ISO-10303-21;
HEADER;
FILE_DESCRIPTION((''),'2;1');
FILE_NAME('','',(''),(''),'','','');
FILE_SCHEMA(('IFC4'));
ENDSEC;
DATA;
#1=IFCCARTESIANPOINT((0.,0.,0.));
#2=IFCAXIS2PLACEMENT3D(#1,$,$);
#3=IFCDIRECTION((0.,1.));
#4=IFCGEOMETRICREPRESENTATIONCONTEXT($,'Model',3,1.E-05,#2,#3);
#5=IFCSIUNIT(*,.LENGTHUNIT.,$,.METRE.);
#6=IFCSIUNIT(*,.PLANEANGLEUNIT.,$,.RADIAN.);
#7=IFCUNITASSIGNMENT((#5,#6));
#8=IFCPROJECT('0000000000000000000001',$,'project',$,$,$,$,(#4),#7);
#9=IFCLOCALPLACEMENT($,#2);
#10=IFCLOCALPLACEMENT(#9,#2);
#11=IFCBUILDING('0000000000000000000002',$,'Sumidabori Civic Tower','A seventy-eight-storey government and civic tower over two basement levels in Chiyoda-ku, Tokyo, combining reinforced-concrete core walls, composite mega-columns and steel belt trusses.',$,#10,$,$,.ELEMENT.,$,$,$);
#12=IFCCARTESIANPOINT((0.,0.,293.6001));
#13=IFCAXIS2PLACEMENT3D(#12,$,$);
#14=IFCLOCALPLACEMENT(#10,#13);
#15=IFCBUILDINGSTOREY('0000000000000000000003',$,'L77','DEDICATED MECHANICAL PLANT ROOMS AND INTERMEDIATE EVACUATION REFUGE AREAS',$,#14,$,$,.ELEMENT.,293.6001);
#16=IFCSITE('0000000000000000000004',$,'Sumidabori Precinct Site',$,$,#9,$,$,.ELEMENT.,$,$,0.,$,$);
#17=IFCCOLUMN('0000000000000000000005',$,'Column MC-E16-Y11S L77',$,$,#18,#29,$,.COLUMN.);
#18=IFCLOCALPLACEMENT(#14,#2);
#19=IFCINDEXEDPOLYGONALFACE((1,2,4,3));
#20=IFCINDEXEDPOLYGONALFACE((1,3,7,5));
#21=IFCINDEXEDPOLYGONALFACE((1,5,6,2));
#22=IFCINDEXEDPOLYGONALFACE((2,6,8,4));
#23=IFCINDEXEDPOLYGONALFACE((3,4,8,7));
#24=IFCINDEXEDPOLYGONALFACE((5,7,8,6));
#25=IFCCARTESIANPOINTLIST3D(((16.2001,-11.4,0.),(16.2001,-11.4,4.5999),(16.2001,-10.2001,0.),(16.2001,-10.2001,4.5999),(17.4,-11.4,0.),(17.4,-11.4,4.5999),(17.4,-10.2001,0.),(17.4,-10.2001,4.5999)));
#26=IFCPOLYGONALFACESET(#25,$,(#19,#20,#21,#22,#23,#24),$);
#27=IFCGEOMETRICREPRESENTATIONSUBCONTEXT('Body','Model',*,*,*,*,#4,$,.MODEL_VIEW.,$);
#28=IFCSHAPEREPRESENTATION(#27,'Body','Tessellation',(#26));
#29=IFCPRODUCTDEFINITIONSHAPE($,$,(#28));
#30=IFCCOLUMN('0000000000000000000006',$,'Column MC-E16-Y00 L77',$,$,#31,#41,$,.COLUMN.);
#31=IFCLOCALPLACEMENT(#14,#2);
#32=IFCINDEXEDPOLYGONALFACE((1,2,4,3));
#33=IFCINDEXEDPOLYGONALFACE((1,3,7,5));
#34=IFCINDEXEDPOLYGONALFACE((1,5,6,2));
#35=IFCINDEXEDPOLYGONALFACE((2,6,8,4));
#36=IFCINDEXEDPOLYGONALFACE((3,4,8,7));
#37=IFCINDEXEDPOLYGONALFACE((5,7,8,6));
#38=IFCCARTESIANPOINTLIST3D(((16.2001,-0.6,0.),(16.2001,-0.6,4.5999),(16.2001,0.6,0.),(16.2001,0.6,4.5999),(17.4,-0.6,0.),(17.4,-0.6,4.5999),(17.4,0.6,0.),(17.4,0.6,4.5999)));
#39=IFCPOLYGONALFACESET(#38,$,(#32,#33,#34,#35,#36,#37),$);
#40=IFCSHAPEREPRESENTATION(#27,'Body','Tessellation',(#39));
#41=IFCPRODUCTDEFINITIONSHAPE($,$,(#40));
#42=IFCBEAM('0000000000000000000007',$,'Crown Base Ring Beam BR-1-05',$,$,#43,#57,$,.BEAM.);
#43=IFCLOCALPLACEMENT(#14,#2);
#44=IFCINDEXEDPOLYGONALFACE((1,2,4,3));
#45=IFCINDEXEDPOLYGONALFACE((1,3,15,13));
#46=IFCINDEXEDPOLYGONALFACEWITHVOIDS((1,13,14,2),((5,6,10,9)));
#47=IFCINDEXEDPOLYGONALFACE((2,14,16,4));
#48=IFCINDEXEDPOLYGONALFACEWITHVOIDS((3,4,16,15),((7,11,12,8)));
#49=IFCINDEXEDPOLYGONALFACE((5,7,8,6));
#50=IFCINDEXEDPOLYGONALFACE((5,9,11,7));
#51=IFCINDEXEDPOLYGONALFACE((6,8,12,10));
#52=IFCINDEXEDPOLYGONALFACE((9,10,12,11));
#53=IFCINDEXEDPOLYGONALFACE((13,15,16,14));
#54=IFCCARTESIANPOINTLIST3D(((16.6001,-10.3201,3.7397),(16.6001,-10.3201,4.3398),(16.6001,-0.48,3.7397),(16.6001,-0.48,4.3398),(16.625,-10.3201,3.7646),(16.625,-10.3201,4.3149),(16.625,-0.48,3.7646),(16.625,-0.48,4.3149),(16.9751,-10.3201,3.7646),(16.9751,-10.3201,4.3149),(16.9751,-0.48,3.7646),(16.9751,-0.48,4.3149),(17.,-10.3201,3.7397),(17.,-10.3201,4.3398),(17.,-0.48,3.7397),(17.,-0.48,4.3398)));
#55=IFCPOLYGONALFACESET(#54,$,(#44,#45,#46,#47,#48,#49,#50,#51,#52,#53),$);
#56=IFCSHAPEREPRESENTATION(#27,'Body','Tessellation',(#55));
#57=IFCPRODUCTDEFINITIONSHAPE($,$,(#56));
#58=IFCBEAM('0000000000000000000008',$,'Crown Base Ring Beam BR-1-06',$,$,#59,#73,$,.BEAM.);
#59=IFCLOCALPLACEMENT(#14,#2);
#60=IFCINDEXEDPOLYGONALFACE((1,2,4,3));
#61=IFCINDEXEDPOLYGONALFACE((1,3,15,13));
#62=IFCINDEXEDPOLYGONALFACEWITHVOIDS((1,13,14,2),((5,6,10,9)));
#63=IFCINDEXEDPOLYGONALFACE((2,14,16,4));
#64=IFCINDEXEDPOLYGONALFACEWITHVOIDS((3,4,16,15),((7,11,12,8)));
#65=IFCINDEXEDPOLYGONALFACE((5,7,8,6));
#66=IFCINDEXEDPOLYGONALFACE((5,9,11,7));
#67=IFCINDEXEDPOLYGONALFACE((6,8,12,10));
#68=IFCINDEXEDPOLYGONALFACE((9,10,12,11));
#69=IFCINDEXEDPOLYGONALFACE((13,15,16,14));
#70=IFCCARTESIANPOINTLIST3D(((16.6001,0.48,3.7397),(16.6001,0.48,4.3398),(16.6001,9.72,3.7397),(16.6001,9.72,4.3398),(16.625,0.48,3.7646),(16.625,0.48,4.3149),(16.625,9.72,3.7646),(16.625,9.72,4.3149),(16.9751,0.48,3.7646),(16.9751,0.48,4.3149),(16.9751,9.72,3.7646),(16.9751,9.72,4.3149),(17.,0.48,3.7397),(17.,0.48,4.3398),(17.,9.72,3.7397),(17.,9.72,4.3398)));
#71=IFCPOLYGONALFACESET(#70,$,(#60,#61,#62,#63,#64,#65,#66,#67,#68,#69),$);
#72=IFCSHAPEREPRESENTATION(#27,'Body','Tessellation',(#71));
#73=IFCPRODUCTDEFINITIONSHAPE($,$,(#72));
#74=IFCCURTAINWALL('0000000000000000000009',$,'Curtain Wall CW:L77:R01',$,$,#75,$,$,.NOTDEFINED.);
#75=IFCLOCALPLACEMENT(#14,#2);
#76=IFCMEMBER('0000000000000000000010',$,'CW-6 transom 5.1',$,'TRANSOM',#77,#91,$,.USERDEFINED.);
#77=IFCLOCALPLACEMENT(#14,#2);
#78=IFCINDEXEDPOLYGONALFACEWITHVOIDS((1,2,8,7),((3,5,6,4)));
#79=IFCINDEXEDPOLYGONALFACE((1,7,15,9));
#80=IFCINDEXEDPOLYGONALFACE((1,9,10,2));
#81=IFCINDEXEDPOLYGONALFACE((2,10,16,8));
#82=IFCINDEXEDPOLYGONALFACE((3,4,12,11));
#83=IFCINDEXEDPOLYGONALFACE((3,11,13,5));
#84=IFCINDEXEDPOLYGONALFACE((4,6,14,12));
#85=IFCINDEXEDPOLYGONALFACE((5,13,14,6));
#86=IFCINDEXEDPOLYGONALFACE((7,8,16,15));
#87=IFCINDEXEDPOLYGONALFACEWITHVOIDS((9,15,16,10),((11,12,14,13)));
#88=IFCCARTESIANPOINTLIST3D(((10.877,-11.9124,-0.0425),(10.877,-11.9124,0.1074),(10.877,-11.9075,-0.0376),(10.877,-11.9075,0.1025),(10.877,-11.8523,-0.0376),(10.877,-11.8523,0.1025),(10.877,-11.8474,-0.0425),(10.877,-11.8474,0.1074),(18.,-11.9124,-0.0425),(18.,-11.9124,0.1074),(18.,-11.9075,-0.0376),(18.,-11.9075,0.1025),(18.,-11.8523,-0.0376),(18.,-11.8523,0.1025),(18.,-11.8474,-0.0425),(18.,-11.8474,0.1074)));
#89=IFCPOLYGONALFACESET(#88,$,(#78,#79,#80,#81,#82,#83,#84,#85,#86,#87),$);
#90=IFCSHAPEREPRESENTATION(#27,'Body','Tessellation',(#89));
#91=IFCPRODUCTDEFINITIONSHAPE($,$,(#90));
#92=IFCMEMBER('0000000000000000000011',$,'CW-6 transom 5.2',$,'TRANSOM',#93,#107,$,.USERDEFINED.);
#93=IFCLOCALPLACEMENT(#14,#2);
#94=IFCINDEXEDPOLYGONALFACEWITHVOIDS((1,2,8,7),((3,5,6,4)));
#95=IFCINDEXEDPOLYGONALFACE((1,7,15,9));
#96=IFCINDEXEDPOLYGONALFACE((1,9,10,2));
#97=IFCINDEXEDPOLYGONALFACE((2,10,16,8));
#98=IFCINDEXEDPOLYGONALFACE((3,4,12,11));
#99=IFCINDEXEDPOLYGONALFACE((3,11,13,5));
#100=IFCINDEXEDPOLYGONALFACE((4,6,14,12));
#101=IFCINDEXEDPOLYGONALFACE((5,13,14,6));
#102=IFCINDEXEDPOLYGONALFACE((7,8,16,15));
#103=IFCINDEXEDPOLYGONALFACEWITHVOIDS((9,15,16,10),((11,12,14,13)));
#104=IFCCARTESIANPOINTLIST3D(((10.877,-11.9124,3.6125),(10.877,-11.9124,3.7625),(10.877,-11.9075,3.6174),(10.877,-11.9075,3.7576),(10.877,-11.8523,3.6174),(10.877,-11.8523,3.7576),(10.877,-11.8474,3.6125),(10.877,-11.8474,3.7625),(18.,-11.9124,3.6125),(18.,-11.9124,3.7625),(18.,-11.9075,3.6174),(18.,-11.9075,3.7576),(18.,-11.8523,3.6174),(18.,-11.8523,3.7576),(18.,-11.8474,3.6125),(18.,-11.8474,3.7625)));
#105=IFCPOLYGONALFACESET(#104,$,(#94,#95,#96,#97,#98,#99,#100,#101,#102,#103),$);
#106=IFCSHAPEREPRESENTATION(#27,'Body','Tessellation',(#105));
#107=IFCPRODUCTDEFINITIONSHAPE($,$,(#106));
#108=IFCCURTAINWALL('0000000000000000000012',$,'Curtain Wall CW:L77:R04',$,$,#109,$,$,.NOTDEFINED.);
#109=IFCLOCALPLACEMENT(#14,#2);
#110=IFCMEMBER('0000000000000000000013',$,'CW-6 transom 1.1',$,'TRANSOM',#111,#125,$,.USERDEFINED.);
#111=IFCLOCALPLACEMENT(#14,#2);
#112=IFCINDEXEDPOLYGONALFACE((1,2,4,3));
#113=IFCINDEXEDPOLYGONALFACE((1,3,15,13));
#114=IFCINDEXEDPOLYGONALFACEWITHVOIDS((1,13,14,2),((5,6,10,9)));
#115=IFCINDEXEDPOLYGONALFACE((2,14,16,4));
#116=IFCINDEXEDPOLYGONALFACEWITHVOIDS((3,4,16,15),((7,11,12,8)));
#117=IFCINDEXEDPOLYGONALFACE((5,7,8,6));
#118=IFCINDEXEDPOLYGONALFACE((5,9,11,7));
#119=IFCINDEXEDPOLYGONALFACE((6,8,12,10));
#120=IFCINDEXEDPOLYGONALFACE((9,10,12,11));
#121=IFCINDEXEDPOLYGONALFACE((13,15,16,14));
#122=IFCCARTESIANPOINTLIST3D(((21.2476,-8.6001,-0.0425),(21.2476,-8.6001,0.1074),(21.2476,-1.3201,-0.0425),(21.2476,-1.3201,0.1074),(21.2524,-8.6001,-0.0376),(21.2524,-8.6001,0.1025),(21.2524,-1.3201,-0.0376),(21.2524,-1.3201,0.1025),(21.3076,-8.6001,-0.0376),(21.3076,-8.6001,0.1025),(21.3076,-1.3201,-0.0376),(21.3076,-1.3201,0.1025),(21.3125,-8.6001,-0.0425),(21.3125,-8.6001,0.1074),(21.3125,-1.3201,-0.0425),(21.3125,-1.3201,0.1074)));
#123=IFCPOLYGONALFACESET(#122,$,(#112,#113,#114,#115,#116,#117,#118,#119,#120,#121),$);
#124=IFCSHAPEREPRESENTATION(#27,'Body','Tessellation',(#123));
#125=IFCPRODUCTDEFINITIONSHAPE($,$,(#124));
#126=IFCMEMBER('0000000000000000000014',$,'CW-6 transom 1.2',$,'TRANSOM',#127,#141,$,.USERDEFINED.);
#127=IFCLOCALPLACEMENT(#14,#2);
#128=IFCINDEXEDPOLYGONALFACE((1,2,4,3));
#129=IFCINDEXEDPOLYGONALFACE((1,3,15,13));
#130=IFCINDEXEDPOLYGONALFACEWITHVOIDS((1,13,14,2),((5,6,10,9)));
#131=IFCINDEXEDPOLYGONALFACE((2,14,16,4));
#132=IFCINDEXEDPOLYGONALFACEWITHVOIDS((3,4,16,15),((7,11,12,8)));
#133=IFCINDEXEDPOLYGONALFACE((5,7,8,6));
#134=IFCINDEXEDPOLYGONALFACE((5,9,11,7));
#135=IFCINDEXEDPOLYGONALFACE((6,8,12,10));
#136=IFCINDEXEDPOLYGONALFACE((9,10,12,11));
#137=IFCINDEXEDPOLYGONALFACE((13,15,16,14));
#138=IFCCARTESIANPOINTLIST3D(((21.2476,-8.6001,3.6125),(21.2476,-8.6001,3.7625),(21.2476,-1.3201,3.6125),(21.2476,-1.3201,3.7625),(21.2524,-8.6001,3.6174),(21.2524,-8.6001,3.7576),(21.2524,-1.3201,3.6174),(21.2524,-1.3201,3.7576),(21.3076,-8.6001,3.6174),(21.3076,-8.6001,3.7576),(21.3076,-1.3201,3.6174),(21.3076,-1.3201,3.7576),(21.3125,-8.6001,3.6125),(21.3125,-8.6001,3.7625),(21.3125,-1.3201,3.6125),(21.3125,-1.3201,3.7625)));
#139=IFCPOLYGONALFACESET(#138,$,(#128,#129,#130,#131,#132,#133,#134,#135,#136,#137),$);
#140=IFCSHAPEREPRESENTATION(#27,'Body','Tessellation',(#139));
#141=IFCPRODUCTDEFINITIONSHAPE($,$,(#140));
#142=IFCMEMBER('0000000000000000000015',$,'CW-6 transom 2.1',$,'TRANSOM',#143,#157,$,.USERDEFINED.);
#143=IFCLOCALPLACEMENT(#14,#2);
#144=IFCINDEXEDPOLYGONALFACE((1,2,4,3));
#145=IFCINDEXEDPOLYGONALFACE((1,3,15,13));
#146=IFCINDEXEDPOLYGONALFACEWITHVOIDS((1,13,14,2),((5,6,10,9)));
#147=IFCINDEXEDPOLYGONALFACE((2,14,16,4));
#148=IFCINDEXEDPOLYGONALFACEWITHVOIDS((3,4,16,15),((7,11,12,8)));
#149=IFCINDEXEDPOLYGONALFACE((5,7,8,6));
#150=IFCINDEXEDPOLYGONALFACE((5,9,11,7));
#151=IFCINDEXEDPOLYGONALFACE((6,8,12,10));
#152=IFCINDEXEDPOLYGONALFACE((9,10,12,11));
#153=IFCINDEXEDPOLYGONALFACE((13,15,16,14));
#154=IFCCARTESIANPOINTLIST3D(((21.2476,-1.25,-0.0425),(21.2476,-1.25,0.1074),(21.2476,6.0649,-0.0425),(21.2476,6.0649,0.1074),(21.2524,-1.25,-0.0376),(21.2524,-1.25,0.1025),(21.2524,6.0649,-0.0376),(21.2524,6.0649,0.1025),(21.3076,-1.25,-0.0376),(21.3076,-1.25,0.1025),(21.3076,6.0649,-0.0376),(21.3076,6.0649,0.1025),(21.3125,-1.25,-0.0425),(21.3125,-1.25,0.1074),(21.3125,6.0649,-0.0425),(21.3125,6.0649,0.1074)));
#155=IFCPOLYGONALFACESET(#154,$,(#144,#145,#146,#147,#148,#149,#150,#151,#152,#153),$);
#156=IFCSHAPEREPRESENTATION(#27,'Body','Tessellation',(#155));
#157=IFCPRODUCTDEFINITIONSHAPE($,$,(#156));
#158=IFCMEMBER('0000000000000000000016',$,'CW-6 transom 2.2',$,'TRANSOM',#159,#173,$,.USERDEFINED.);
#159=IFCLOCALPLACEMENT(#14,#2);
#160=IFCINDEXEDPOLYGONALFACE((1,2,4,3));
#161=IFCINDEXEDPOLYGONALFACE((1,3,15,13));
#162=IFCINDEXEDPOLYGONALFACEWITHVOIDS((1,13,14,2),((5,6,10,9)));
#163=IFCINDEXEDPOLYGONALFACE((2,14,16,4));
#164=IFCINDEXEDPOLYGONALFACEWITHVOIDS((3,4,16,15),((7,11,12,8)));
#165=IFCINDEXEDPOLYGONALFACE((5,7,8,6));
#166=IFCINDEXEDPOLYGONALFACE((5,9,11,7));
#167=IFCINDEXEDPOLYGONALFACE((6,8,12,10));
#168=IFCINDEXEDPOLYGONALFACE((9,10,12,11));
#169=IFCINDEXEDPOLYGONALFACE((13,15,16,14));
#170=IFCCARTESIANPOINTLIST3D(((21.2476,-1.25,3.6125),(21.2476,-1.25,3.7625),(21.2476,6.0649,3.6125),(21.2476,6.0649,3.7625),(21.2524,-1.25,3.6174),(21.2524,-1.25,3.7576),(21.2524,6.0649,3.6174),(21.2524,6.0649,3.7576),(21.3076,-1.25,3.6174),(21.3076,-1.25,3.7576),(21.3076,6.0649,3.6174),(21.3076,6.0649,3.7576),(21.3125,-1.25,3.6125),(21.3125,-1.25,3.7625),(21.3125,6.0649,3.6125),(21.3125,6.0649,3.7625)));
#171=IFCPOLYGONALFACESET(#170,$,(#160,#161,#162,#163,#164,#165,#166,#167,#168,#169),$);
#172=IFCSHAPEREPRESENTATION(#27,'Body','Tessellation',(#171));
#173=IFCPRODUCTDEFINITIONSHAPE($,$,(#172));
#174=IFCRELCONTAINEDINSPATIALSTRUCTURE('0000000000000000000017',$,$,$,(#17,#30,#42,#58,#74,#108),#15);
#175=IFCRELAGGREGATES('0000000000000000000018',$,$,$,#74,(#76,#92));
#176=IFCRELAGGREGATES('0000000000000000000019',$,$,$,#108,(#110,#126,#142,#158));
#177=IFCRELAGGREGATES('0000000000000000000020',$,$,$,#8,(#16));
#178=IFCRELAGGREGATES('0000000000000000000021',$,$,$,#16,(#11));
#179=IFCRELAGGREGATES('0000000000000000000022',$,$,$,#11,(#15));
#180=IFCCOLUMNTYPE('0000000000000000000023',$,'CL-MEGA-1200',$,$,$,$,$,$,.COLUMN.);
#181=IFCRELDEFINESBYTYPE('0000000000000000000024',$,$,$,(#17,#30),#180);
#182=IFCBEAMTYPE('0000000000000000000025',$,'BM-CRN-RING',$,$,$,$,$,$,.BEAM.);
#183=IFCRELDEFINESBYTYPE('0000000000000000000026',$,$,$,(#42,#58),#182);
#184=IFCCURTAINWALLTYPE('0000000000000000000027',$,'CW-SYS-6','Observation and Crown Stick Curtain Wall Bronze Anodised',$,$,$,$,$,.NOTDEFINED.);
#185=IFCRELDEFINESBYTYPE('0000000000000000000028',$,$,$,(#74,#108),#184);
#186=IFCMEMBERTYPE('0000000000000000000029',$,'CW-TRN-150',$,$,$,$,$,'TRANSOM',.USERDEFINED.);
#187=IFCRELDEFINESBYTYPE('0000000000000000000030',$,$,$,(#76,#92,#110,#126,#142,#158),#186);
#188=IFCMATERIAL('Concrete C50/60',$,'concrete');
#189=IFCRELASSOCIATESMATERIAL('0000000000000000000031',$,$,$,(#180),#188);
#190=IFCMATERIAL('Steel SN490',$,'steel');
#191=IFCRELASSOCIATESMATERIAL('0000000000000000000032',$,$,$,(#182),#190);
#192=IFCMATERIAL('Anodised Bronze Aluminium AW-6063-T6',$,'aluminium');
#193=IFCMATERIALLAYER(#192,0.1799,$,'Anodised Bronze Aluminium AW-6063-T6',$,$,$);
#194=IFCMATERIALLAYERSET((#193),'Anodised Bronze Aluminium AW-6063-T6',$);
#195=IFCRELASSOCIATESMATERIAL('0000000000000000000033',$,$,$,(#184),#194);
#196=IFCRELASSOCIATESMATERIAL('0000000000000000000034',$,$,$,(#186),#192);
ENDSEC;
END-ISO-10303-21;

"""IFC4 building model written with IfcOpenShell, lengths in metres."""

from ifc_helpers import new_model, si_unit, direction, frame, origin, origin_2d, place, context, subcontext, project, spatial, rectangle, hollow_rectangle, extrude, source, transform, mapped, material, layer, layer_set, material_profile, profile_set, type_object, element, aggregate, save


model = new_model("IFC4")

# Units and contexts
model_context = context("Model", 3, precision=1e-05, world=origin(), true_north=direction((0.0, 1.0)))
body_context = subcontext(model_context, "Body", "Model", "MODEL_VIEW")
ifc_project = project(units=[si_unit("LENGTHUNIT", "METRE"), si_unit("PLANEANGLEUNIT", "RADIAN")], contexts=[model_context])

# Site, building, storey
site_placement = place(None, origin())
site = spatial("IfcSite", under=ifc_project, at=site_placement, Name="Sumidabori Precinct Site", CompositionType="ELEMENT", RefElevation=0.0)
building_placement = place(site_placement, origin())
building = spatial("IfcBuilding", under=site, at=building_placement, Name="Sumidabori Civic Tower", Description="A seventy-eight-storey government and civic tower over two basement levels in Chiyoda-ku, Tokyo, combining reinforced-concrete core walls, composite mega-columns and steel belt trusses.", CompositionType="ELEMENT")
storey_placement = place(building_placement, frame((0.0, 0.0, 293.6001)))
storey = spatial("IfcBuildingStorey", under=building, at=storey_placement, Name="L77", Description="DEDICATED MECHANICAL PLANT ROOMS AND INTERMEDIATE EVACUATION REFUGE AREAS", CompositionType="ELEMENT", Elevation=293.6001)

# Columns
ifc_material_1 = material(Name="Concrete C50/60", Category="concrete")
ifc_material_profile_1 = material_profile(ifc_material_1, rectangle(XDim=1.2, YDim=1.2, at=origin_2d()), Name="RC 1200x1200")
ifc_profile_set_1 = profile_set([ifc_material_profile_1], Name="Concrete C50/60")
column_type = type_object("IfcColumnType", Name="CL-MEGA-1200", PredefinedType="COLUMN", material=ifc_profile_set_1)
shared_shape_1 = source(origin(), body_context, "Body", "SweptSolid", [
    extrude(rectangle(XDim=1.2, YDim=1.2, at=origin_2d()), origin(), (0.0, 0.0, 1.0), 4.5999),
])
for number, where, z_axis, x_axis, name in (
    (1, (16.8, -10.8, 0.0), (0.0, 0.0, 1.0), (1.0, 0.0, 0.0), "Column MC-E16-Y11S L77"),
    (2, (16.8, 0.0, 0.0), (0.0, 0.0, 1.0), (1.0, 0.0, 0.0), "Column MC-E16-Y00 L77"),
):
    element("IfcColumn", number, at=place(storey_placement, frame(where, z_axis=z_axis, x_axis=x_axis)), inside=storey, type_object=column_type, Name=name, PredefinedType="COLUMN", context=body_context, shape_type="MappedRepresentation", body=[
        mapped(shared_shape_1, transform((0.0, 0.0, 0.0), x_axis=(1.0, 0.0, 0.0), y_axis=(0.0, 1.0, 0.0), z_axis=(0.0, 0.0, 1.0), scale=1.0)),
    ])

# Beams
ifc_material_2 = material(Name="Steel SN490", Category="steel")
ifc_material_profile_2 = material_profile(ifc_material_2, hollow_rectangle(XDim=0.3999, YDim=0.6001, WallThickness=0.0249, at=origin_2d()), Name="RHS 600x400x25")
ifc_profile_set_2 = profile_set([ifc_material_profile_2], Name="Steel SN490")
beam_type = type_object("IfcBeamType", Name="BM-CRN-RING", PredefinedType="BEAM", material=ifc_profile_set_2)
shared_shape_2 = source(origin(), body_context, "Body", "SweptSolid", [
    extrude(hollow_rectangle(XDim=0.3999, YDim=0.6001, WallThickness=0.0249, at=origin_2d()), origin(), (0.0, 0.0, 1.0), 9.8401),
])
beam_1_placement = place(storey_placement, frame((16.8, -10.3201, 4.0398), z_axis=(0.0, 1.0, 0.0), x_axis=(-1.0, 0.0, 0.0)))
element("IfcBeam", 3, at=beam_1_placement, inside=storey, type_object=beam_type, Name="Crown Base Ring Beam BR-1-05", PredefinedType="BEAM", context=body_context, shape_type="MappedRepresentation", body=[
    mapped(shared_shape_2, transform((0.0, 0.0, 0.0), x_axis=(1.0, 0.0, 0.0), y_axis=(0.0, 1.0, 0.0), z_axis=(0.0, 0.0, 1.0), scale=1.0)),
])
shared_shape_3 = source(origin(), body_context, "Body", "SweptSolid", [
    extrude(hollow_rectangle(XDim=0.3999, YDim=0.6001, WallThickness=0.0249, at=origin_2d()), origin(), (0.0, 0.0, 1.0), 9.24),
])
beam_2_placement = place(storey_placement, frame((16.8, 0.48, 4.0398), z_axis=(0.0, 1.0, 0.0), x_axis=(-1.0, 0.0, 0.0)))
element("IfcBeam", 4, at=beam_2_placement, inside=storey, type_object=beam_type, Name="Crown Base Ring Beam BR-1-06", PredefinedType="BEAM", context=body_context, shape_type="MappedRepresentation", body=[
    mapped(shared_shape_3, transform((0.0, 0.0, 0.0), x_axis=(1.0, 0.0, 0.0), y_axis=(0.0, 1.0, 0.0), z_axis=(0.0, 0.0, 1.0), scale=1.0)),
])

# Curtain walls, members
ifc_material_3 = material(Name="Anodised Bronze Aluminium AW-6063-T6", Category="aluminium")
ifc_layer_1 = layer(ifc_material_3, 0.1799, Name="Anodised Bronze Aluminium AW-6063-T6")
ifc_layer_set_1 = layer_set([ifc_layer_1], Name="Anodised Bronze Aluminium AW-6063-T6")
curtain_wall_type = type_object("IfcCurtainWallType", Name="CW-SYS-6", Description="Observation and Crown Stick Curtain Wall Bronze Anodised", PredefinedType="NOTDEFINED", material=ifc_layer_set_1)
curtain_wall_1_placement = place(storey_placement, origin())
curtain_wall_1 = element("IfcCurtainWall", 5, at=curtain_wall_1_placement, inside=storey, type_object=curtain_wall_type, Name="Curtain Wall CW:L77:R01", PredefinedType="NOTDEFINED")
ifc_material_profile_3 = material_profile(ifc_material_3, hollow_rectangle(XDim=0.0649, YDim=0.1499, WallThickness=0.0049, at=origin_2d()), Name="ALU TRANSOM 150x65")
ifc_profile_set_3 = profile_set([ifc_material_profile_3], Name="Anodised Bronze Aluminium AW-6063-T6")
member_type_1 = type_object("IfcMemberType", Name="CW-TRN-150", ElementType="TRANSOM", PredefinedType="USERDEFINED", material=ifc_profile_set_3)
shared_shape_4 = source(origin(), body_context, "Body", "SweptSolid", [
    extrude(hollow_rectangle(XDim=0.0649, YDim=0.1499, WallThickness=0.0049, at=origin_2d()), origin(), (0.0, 0.0, 1.0), 7.123),
])
member_1_placement = place(storey_placement, frame((10.877, -11.8799, 0.0325), z_axis=(1.0, 0.0, 0.0), x_axis=(0.0, 1.0, 0.0)))
member_1 = element("IfcMember", 6, at=member_1_placement, type_object=member_type_1, Name="CW-6 transom 5.1", ObjectType="TRANSOM", PredefinedType="USERDEFINED", context=body_context, shape_type="MappedRepresentation", body=[
    mapped(shared_shape_4, transform((0.0, 0.0, 0.0), x_axis=(1.0, 0.0, 0.0), y_axis=(0.0, 1.0, 0.0), z_axis=(0.0, 0.0, 1.0), scale=1.0)),
])
member_2_placement = place(storey_placement, frame((10.877, -11.8799, 3.6875), z_axis=(1.0, 0.0, 0.0), x_axis=(0.0, 1.0, 0.0)))
member_2 = element("IfcMember", 7, at=member_2_placement, type_object=member_type_1, Name="CW-6 transom 5.2", ObjectType="TRANSOM", PredefinedType="USERDEFINED", context=body_context, shape_type="MappedRepresentation", body=[
    mapped(shared_shape_4, transform((0.0, 0.0, 0.0), x_axis=(1.0, 0.0, 0.0), y_axis=(0.0, 1.0, 0.0), z_axis=(0.0, 0.0, 1.0), scale=1.0)),
])
curtain_wall_2_placement = place(storey_placement, origin())
curtain_wall_2 = element("IfcCurtainWall", 8, at=curtain_wall_2_placement, inside=storey, type_object=curtain_wall_type, Name="Curtain Wall CW:L77:R04", PredefinedType="NOTDEFINED")
shared_shape_5 = source(origin(), body_context, "Body", "SweptSolid", [
    extrude(hollow_rectangle(XDim=0.0649, YDim=0.1499, WallThickness=0.0049, at=origin_2d()), origin(), (0.0, 0.0, 1.0), 7.28),
])
member_3_placement = place(storey_placement, frame((21.28, -8.6001, 0.0325), z_axis=(0.0, 1.0, 0.0), x_axis=(-1.0, 0.0, 0.0)))
member_3 = element("IfcMember", 9, at=member_3_placement, type_object=member_type_1, Name="CW-6 transom 1.1", ObjectType="TRANSOM", PredefinedType="USERDEFINED", context=body_context, shape_type="MappedRepresentation", body=[
    mapped(shared_shape_5, transform((0.0, 0.0, 0.0), x_axis=(1.0, 0.0, 0.0), y_axis=(0.0, 1.0, 0.0), z_axis=(0.0, 0.0, 1.0), scale=1.0)),
])
member_4_placement = place(storey_placement, frame((21.28, -8.6001, 3.6875), z_axis=(0.0, 1.0, 0.0), x_axis=(-1.0, 0.0, 0.0)))
member_4 = element("IfcMember", 10, at=member_4_placement, type_object=member_type_1, Name="CW-6 transom 1.2", ObjectType="TRANSOM", PredefinedType="USERDEFINED", context=body_context, shape_type="MappedRepresentation", body=[
    mapped(shared_shape_5, transform((0.0, 0.0, 0.0), x_axis=(1.0, 0.0, 0.0), y_axis=(0.0, 1.0, 0.0), z_axis=(0.0, 0.0, 1.0), scale=1.0)),
])
shared_shape_6 = source(origin(), body_context, "Body", "SweptSolid", [
    extrude(hollow_rectangle(XDim=0.0649, YDim=0.1499, WallThickness=0.0049, at=origin_2d()), origin(), (0.0, 0.0, 1.0), 7.3149),
])
member_5_placement = place(storey_placement, frame((21.28, -1.25, 0.0325), z_axis=(0.0, 1.0, 0.0), x_axis=(-1.0, 0.0, 0.0)))
member_5 = element("IfcMember", 11, at=member_5_placement, type_object=member_type_1, Name="CW-6 transom 2.1", ObjectType="TRANSOM", PredefinedType="USERDEFINED", context=body_context, shape_type="MappedRepresentation", body=[
    mapped(shared_shape_6, transform((0.0, 0.0, 0.0), x_axis=(1.0, 0.0, 0.0), y_axis=(0.0, 1.0, 0.0), z_axis=(0.0, 0.0, 1.0), scale=1.0)),
])
member_6_placement = place(storey_placement, frame((21.28, -1.25, 3.6875), z_axis=(0.0, 1.0, 0.0), x_axis=(-1.0, 0.0, 0.0)))
member_6 = element("IfcMember", 12, at=member_6_placement, type_object=member_type_1, Name="CW-6 transom 2.2", ObjectType="TRANSOM", PredefinedType="USERDEFINED", context=body_context, shape_type="MappedRepresentation", body=[
    mapped(shared_shape_6, transform((0.0, 0.0, 0.0), x_axis=(1.0, 0.0, 0.0), y_axis=(0.0, 1.0, 0.0), z_axis=(0.0, 0.0, 1.0), scale=1.0)),
])

aggregate(curtain_wall_1, [member_1, member_2])
aggregate(curtain_wall_2, [member_3, member_4, member_5, member_6])

save(model, "model.ifc")
